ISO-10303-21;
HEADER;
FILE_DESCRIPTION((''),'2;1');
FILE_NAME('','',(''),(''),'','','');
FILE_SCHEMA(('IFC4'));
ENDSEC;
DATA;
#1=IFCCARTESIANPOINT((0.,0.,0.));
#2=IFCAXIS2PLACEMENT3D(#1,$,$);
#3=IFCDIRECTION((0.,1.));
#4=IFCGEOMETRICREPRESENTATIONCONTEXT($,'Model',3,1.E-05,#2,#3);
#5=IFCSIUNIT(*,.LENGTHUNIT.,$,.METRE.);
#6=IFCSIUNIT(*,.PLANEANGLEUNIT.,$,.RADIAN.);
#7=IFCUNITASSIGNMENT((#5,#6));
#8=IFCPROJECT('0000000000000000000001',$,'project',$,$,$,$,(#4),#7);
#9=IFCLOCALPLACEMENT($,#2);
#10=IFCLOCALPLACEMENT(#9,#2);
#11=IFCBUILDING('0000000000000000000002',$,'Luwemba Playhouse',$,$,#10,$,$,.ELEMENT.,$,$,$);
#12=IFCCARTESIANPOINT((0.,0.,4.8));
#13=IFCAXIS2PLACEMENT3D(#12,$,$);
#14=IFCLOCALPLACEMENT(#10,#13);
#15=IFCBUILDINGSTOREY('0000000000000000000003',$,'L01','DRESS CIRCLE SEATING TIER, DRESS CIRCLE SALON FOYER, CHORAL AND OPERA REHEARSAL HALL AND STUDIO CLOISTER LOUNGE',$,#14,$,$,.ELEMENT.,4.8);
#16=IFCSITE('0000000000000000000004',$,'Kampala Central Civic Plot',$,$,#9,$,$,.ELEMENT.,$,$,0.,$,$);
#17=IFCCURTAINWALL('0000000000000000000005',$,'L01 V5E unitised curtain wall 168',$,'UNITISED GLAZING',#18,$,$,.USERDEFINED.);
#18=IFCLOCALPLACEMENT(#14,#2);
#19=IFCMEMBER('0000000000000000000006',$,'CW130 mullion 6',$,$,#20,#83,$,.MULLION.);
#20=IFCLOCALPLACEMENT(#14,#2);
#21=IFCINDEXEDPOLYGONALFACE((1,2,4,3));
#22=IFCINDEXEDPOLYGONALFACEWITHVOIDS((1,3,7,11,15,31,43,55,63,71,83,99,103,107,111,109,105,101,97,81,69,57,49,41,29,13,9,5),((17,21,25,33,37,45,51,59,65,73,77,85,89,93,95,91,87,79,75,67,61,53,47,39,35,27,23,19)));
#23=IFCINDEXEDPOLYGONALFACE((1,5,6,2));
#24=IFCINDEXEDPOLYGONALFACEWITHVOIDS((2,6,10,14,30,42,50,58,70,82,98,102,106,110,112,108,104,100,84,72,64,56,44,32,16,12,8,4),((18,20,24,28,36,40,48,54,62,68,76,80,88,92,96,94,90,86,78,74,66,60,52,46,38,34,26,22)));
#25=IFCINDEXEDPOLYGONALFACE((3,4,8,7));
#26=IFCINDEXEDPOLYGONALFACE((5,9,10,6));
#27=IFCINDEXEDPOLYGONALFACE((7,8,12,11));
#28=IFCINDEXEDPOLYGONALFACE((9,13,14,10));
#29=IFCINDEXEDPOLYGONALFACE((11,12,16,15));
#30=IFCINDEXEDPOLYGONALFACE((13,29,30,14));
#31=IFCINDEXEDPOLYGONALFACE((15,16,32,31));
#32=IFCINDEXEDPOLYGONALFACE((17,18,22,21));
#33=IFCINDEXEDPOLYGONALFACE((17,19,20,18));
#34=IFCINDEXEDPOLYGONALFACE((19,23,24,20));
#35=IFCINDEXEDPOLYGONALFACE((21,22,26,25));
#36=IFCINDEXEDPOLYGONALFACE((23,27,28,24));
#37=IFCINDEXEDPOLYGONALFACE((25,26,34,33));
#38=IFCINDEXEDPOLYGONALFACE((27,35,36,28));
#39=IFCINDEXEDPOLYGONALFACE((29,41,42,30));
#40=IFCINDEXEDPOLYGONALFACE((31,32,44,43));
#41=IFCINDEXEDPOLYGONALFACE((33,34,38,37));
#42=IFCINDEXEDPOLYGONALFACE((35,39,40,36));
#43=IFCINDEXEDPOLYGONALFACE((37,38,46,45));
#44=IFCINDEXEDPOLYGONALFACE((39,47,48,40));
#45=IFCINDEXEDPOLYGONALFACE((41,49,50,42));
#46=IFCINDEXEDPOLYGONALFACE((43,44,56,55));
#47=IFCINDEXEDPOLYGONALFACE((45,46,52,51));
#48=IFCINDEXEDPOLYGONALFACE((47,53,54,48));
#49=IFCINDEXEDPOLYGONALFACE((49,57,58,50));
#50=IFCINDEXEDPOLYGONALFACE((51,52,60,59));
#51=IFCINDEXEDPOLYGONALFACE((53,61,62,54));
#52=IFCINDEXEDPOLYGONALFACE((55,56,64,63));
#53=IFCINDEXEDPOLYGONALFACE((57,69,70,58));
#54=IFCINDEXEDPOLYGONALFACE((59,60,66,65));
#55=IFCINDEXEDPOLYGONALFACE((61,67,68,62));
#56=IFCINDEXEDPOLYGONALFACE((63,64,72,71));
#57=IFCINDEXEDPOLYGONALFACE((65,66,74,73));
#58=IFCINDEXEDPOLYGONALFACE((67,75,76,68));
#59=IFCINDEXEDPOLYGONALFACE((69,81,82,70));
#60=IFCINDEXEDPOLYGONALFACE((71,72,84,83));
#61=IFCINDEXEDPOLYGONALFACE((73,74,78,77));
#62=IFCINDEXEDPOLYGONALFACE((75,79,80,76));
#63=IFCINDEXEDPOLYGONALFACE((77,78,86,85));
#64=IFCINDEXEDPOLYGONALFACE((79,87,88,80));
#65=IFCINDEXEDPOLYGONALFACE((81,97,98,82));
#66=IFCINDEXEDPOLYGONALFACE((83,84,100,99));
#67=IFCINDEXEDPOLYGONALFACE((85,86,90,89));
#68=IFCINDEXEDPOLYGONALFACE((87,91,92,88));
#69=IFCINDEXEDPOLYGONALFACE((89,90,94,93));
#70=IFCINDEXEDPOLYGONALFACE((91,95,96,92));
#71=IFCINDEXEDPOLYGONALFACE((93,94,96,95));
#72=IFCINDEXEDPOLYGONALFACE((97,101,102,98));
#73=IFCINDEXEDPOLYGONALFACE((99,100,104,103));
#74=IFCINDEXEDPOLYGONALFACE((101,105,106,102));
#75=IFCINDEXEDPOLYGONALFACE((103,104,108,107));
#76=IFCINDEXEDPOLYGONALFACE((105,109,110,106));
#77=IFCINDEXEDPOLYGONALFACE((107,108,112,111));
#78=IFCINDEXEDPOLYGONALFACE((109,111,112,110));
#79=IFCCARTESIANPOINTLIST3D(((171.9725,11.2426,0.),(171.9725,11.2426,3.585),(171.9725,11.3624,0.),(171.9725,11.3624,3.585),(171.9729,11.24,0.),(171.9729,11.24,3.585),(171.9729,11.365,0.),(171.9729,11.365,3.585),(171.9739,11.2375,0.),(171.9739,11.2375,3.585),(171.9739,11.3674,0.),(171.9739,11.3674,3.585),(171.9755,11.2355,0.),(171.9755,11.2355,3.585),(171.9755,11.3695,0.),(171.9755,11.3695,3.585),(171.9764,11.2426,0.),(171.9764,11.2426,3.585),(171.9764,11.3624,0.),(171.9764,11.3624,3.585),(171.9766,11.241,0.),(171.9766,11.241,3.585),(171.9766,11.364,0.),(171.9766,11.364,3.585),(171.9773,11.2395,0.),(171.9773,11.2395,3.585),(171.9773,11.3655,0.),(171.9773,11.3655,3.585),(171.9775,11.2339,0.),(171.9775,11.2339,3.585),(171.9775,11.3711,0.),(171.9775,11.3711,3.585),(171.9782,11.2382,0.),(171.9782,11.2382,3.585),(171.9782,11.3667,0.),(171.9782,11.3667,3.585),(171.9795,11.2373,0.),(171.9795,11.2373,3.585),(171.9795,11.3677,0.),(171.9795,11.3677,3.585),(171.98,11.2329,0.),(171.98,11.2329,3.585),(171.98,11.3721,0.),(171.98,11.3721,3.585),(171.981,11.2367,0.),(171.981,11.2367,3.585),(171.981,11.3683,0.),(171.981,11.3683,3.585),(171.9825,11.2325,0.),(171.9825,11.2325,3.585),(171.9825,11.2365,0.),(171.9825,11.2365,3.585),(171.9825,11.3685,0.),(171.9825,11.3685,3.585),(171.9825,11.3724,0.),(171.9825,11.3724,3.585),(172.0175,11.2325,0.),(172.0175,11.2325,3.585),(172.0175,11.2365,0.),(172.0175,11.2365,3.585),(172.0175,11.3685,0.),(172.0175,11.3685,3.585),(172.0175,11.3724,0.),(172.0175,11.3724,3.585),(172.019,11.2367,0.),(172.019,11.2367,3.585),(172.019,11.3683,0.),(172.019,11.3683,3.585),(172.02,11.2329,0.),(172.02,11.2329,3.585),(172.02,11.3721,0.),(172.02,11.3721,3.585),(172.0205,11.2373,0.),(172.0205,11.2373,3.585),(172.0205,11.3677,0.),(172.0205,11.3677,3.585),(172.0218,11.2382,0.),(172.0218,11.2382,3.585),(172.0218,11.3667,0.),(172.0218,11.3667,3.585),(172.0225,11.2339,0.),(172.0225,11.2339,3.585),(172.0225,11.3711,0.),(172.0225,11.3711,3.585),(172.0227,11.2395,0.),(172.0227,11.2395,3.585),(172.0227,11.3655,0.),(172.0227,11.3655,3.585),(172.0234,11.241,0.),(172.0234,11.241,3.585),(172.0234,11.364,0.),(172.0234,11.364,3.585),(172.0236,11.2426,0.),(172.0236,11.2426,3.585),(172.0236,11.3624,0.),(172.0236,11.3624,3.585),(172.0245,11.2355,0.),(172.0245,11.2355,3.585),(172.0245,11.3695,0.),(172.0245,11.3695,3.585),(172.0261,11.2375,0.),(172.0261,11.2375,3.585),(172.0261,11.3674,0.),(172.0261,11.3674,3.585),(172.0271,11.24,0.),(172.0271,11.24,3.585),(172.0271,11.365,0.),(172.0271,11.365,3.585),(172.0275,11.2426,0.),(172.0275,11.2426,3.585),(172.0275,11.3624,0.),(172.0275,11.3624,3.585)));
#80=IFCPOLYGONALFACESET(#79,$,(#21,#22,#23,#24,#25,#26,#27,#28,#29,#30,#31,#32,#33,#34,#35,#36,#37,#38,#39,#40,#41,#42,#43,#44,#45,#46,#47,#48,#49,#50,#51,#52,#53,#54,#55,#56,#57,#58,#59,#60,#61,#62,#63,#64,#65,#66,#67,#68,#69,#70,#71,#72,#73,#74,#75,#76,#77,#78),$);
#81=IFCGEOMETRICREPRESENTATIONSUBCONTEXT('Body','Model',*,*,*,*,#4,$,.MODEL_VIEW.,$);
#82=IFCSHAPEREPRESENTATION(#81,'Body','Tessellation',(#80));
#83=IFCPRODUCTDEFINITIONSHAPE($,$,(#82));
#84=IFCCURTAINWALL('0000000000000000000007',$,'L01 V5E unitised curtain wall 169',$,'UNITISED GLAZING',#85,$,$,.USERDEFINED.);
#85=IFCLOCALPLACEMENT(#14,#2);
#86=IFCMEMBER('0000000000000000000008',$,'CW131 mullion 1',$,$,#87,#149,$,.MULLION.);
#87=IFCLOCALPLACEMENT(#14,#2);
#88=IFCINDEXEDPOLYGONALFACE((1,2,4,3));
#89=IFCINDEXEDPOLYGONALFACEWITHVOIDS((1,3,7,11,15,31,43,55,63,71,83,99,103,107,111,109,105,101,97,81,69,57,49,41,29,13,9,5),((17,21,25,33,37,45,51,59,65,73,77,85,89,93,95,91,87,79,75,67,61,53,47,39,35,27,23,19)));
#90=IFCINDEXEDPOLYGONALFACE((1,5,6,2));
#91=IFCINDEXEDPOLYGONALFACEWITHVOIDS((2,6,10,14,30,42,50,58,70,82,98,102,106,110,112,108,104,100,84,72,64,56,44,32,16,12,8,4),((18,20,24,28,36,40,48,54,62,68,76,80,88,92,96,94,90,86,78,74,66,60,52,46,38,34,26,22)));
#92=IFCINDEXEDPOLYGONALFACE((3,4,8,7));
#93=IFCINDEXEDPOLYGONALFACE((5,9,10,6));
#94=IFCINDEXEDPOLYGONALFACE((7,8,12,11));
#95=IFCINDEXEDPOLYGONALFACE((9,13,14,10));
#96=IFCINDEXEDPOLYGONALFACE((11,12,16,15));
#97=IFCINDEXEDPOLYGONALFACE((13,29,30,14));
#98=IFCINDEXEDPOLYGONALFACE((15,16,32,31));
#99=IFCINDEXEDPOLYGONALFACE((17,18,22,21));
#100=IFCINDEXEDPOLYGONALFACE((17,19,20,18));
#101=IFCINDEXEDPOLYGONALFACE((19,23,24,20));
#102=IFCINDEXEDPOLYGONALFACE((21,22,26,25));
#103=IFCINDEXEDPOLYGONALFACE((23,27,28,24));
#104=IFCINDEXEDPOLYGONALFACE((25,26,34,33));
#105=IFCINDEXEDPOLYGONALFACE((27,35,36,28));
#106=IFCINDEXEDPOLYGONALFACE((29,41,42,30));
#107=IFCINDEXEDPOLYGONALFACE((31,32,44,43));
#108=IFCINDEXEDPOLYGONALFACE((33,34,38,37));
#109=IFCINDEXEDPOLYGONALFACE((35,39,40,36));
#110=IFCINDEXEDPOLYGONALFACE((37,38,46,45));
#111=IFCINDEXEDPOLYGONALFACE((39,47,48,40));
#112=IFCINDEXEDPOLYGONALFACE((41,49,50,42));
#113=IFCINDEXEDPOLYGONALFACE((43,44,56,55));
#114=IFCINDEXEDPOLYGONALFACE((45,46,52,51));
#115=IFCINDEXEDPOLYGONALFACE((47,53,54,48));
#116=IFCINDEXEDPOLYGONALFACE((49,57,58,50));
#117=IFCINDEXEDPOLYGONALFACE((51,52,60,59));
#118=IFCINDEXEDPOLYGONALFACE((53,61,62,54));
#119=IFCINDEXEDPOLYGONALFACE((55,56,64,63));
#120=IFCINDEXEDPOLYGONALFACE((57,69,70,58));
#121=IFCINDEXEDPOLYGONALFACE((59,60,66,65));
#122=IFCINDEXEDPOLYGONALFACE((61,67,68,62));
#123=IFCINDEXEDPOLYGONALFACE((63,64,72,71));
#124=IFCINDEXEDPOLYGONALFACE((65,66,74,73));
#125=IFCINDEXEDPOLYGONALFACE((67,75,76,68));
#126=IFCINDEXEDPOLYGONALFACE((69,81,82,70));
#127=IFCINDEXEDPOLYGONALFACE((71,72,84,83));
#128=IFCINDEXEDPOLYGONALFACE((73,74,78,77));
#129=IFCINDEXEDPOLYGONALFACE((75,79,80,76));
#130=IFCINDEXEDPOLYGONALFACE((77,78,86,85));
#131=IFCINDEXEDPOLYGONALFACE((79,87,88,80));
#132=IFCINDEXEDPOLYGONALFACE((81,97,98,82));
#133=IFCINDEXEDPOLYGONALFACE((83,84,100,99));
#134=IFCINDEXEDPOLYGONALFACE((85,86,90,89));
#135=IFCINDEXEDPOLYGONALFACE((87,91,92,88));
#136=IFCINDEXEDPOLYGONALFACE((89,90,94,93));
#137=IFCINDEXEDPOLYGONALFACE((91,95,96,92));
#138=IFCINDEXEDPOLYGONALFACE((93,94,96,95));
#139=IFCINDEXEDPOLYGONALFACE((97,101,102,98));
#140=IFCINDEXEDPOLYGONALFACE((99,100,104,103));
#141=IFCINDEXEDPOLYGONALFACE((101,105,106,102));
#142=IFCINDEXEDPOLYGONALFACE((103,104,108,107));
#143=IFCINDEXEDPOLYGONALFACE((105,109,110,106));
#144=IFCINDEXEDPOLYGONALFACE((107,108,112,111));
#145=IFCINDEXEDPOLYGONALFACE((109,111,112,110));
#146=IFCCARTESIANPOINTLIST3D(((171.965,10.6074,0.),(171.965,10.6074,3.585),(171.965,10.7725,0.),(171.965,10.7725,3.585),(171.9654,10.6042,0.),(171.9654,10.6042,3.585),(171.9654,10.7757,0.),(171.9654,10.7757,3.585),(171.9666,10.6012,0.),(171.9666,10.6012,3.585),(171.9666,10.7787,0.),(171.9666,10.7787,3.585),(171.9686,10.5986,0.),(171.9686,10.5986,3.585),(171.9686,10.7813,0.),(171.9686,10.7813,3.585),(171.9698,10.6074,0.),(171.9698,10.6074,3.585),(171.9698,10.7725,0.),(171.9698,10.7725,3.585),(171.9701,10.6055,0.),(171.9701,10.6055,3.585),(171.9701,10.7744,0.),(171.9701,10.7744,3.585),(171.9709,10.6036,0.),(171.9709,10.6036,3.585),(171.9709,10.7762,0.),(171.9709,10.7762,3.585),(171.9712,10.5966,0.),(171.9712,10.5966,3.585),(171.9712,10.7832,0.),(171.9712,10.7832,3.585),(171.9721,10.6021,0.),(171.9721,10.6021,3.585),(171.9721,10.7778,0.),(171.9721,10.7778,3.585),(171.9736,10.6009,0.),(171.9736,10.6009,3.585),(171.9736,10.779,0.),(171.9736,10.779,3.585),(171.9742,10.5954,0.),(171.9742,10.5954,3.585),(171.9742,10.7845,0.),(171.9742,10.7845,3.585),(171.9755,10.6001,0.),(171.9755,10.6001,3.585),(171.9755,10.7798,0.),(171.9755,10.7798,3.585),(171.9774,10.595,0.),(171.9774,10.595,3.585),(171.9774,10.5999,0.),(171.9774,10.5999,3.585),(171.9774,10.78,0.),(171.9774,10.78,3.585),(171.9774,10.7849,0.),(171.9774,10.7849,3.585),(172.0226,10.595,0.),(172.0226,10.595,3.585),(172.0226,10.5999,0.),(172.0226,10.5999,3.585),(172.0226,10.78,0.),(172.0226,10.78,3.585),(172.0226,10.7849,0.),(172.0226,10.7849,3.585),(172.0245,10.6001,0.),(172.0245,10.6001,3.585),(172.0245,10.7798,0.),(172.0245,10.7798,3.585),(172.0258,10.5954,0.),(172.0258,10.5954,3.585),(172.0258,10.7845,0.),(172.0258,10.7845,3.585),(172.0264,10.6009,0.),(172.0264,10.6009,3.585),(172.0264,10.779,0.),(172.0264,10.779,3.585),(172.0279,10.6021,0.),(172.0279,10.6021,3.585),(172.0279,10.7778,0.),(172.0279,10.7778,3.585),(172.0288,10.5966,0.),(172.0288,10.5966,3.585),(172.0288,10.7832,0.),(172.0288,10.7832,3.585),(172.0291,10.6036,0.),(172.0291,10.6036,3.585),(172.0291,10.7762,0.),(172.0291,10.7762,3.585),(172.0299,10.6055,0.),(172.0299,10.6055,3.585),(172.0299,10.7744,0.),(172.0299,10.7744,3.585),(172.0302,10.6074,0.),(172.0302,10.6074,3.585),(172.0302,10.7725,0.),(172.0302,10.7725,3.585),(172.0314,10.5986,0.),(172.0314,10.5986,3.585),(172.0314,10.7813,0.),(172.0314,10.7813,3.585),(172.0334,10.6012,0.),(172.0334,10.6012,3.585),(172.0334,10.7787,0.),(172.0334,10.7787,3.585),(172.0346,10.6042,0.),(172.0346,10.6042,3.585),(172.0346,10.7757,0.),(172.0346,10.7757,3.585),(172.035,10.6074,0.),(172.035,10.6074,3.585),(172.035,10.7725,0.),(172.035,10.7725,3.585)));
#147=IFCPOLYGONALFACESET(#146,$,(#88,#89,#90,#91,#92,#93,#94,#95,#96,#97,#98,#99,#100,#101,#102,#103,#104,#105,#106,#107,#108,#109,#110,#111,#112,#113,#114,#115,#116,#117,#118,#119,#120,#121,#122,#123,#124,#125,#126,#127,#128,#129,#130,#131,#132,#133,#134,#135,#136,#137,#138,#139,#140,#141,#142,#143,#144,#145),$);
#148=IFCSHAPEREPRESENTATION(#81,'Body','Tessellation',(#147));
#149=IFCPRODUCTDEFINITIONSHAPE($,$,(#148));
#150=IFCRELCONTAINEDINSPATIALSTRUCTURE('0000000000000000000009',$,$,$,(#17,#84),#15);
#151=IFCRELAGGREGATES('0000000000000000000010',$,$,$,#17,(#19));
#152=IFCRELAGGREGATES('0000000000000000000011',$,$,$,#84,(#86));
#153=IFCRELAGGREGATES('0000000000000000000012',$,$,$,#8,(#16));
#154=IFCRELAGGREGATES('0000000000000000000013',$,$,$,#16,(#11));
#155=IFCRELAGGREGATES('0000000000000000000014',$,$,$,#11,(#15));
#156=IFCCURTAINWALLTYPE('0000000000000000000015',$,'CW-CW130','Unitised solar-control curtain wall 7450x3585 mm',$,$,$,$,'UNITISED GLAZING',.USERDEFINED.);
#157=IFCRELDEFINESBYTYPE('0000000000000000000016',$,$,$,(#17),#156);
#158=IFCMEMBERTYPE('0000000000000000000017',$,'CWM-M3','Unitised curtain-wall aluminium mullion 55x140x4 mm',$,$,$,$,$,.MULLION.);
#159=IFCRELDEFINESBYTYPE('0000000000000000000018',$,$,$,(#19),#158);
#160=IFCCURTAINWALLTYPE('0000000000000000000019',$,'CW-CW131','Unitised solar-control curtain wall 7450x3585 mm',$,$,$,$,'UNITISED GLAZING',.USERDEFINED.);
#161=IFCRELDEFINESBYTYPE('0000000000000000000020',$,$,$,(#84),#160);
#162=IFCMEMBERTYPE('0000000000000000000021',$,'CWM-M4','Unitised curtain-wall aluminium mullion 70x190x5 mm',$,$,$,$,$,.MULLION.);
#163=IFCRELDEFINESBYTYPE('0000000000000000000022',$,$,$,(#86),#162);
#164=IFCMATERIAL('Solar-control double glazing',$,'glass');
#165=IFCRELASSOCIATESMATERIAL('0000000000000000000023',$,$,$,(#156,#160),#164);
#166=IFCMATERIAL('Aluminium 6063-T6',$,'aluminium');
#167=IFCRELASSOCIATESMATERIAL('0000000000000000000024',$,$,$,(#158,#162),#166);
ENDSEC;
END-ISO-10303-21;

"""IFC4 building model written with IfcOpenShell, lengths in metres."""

from ifc_helpers import new_model, si_unit, direction, frame, origin, origin_2d, place, context, subcontext, project, spatial, hollow_rectangle, extrude, material, material_profile, profile_set, type_object, element, aggregate, save


model = new_model("IFC4")

# Units and contexts
model_context = context("Model", 3, precision=1e-05, world=origin(), true_north=direction((0.0, 1.0)))
body_context = subcontext(model_context, "Body", "Model", "MODEL_VIEW")
ifc_project = project(units=[si_unit("LENGTHUNIT", "METRE"), si_unit("PLANEANGLEUNIT", "RADIAN")], contexts=[model_context])

# Site, building, storey
site_placement = place(None, origin())
site = spatial("IfcSite", under=ifc_project, at=site_placement, Name="Kampala Central Civic Plot", CompositionType="ELEMENT", RefElevation=0.0)
building_placement = place(site_placement, origin())
building = spatial("IfcBuilding", under=site, at=building_placement, Name="Luwemba Playhouse", CompositionType="ELEMENT")
storey_placement = place(building_placement, frame((0.0, 0.0, 4.8)))
storey = spatial("IfcBuildingStorey", under=building, at=storey_placement, Name="L01", Description="DRESS CIRCLE SEATING TIER, DRESS CIRCLE SALON FOYER, CHORAL AND OPERA REHEARSAL HALL AND STUDIO CLOISTER LOUNGE", CompositionType="ELEMENT", Elevation=4.8)

# Curtain walls, members
ifc_material_1 = material(Name="Solar-control double glazing", Category="glass")
curtain_wall_type_1 = type_object("IfcCurtainWallType", Name="CW-CW130", Description="Unitised solar-control curtain wall 7450x3585 mm", ElementType="UNITISED GLAZING", PredefinedType="USERDEFINED", material=ifc_material_1)
curtain_wall_1_placement = place(storey_placement, origin())
curtain_wall_1 = element("IfcCurtainWall", 1, at=curtain_wall_1_placement, inside=storey, type_object=curtain_wall_type_1, Name="L01 V5E unitised curtain wall 168", ObjectType="UNITISED GLAZING", PredefinedType="USERDEFINED")
ifc_material_2 = material(Name="Aluminium 6063-T6", Category="aluminium")
ifc_material_profile_1 = material_profile(ifc_material_2, hollow_rectangle(XDim=0.0549, YDim=0.1399, WallThickness=0.0039, InnerFilletRadius=0.0061, OuterFilletRadius=0.01, at=origin_2d()))
ifc_profile_set_1 = profile_set([ifc_material_profile_1], Name="Aluminium 6063-T6")
member_type_1 = type_object("IfcMemberType", Name="CWM-M3", Description="Unitised curtain-wall aluminium mullion 55x140x4 mm", PredefinedType="MULLION", material=ifc_profile_set_1)
member_1_placement = place(storey_placement, frame((172.0, 11.3025, 0.0), z_axis=(0.0, 0.0, 1.0), x_axis=(1.0, 0.0, 0.0)))
member_1 = element("IfcMember", 2, at=member_1_placement, type_object=member_type_1, Name="CW130 mullion 6", PredefinedType="MULLION", context=body_context, shape_type="SweptSolid", body=[
    extrude(hollow_rectangle(XDim=0.0549, YDim=0.1399, WallThickness=0.0039, InnerFilletRadius=0.0061, OuterFilletRadius=0.01, at=origin_2d()), origin(), (0.0, 0.0, 1.0), 3.585),
])
curtain_wall_type_2 = type_object("IfcCurtainWallType", Name="CW-CW131", Description="Unitised solar-control curtain wall 7450x3585 mm", ElementType="UNITISED GLAZING", PredefinedType="USERDEFINED", material=ifc_material_1)
curtain_wall_2_placement = place(storey_placement, origin())
curtain_wall_2 = element("IfcCurtainWall", 3, at=curtain_wall_2_placement, inside=storey, type_object=curtain_wall_type_2, Name="L01 V5E unitised curtain wall 169", ObjectType="UNITISED GLAZING", PredefinedType="USERDEFINED")
ifc_material_profile_2 = material_profile(ifc_material_2, hollow_rectangle(XDim=0.0701, YDim=0.1899, WallThickness=0.0049, InnerFilletRadius=0.0076, OuterFilletRadius=0.0125, at=origin_2d()))
ifc_profile_set_2 = profile_set([ifc_material_profile_2], Name="Aluminium 6063-T6")
member_type_2 = type_object("IfcMemberType", Name="CWM-M4", Description="Unitised curtain-wall aluminium mullion 70x190x5 mm", PredefinedType="MULLION", material=ifc_profile_set_2)
member_2_placement = place(storey_placement, frame((172.0, 10.6899, 0.0), z_axis=(0.0, 0.0, 1.0), x_axis=(1.0, 0.0, 0.0)))
member_2 = element("IfcMember", 4, at=member_2_placement, type_object=member_type_2, Name="CW131 mullion 1", PredefinedType="MULLION", context=body_context, shape_type="SweptSolid", body=[
    extrude(hollow_rectangle(XDim=0.0701, YDim=0.1899, WallThickness=0.0049, InnerFilletRadius=0.0076, OuterFilletRadius=0.0125, at=origin_2d()), origin(), (0.0, 0.0, 1.0), 3.585),
])

aggregate(curtain_wall_1, [member_1])
aggregate(curtain_wall_2, [member_2])

save(model, "model.ifc")
